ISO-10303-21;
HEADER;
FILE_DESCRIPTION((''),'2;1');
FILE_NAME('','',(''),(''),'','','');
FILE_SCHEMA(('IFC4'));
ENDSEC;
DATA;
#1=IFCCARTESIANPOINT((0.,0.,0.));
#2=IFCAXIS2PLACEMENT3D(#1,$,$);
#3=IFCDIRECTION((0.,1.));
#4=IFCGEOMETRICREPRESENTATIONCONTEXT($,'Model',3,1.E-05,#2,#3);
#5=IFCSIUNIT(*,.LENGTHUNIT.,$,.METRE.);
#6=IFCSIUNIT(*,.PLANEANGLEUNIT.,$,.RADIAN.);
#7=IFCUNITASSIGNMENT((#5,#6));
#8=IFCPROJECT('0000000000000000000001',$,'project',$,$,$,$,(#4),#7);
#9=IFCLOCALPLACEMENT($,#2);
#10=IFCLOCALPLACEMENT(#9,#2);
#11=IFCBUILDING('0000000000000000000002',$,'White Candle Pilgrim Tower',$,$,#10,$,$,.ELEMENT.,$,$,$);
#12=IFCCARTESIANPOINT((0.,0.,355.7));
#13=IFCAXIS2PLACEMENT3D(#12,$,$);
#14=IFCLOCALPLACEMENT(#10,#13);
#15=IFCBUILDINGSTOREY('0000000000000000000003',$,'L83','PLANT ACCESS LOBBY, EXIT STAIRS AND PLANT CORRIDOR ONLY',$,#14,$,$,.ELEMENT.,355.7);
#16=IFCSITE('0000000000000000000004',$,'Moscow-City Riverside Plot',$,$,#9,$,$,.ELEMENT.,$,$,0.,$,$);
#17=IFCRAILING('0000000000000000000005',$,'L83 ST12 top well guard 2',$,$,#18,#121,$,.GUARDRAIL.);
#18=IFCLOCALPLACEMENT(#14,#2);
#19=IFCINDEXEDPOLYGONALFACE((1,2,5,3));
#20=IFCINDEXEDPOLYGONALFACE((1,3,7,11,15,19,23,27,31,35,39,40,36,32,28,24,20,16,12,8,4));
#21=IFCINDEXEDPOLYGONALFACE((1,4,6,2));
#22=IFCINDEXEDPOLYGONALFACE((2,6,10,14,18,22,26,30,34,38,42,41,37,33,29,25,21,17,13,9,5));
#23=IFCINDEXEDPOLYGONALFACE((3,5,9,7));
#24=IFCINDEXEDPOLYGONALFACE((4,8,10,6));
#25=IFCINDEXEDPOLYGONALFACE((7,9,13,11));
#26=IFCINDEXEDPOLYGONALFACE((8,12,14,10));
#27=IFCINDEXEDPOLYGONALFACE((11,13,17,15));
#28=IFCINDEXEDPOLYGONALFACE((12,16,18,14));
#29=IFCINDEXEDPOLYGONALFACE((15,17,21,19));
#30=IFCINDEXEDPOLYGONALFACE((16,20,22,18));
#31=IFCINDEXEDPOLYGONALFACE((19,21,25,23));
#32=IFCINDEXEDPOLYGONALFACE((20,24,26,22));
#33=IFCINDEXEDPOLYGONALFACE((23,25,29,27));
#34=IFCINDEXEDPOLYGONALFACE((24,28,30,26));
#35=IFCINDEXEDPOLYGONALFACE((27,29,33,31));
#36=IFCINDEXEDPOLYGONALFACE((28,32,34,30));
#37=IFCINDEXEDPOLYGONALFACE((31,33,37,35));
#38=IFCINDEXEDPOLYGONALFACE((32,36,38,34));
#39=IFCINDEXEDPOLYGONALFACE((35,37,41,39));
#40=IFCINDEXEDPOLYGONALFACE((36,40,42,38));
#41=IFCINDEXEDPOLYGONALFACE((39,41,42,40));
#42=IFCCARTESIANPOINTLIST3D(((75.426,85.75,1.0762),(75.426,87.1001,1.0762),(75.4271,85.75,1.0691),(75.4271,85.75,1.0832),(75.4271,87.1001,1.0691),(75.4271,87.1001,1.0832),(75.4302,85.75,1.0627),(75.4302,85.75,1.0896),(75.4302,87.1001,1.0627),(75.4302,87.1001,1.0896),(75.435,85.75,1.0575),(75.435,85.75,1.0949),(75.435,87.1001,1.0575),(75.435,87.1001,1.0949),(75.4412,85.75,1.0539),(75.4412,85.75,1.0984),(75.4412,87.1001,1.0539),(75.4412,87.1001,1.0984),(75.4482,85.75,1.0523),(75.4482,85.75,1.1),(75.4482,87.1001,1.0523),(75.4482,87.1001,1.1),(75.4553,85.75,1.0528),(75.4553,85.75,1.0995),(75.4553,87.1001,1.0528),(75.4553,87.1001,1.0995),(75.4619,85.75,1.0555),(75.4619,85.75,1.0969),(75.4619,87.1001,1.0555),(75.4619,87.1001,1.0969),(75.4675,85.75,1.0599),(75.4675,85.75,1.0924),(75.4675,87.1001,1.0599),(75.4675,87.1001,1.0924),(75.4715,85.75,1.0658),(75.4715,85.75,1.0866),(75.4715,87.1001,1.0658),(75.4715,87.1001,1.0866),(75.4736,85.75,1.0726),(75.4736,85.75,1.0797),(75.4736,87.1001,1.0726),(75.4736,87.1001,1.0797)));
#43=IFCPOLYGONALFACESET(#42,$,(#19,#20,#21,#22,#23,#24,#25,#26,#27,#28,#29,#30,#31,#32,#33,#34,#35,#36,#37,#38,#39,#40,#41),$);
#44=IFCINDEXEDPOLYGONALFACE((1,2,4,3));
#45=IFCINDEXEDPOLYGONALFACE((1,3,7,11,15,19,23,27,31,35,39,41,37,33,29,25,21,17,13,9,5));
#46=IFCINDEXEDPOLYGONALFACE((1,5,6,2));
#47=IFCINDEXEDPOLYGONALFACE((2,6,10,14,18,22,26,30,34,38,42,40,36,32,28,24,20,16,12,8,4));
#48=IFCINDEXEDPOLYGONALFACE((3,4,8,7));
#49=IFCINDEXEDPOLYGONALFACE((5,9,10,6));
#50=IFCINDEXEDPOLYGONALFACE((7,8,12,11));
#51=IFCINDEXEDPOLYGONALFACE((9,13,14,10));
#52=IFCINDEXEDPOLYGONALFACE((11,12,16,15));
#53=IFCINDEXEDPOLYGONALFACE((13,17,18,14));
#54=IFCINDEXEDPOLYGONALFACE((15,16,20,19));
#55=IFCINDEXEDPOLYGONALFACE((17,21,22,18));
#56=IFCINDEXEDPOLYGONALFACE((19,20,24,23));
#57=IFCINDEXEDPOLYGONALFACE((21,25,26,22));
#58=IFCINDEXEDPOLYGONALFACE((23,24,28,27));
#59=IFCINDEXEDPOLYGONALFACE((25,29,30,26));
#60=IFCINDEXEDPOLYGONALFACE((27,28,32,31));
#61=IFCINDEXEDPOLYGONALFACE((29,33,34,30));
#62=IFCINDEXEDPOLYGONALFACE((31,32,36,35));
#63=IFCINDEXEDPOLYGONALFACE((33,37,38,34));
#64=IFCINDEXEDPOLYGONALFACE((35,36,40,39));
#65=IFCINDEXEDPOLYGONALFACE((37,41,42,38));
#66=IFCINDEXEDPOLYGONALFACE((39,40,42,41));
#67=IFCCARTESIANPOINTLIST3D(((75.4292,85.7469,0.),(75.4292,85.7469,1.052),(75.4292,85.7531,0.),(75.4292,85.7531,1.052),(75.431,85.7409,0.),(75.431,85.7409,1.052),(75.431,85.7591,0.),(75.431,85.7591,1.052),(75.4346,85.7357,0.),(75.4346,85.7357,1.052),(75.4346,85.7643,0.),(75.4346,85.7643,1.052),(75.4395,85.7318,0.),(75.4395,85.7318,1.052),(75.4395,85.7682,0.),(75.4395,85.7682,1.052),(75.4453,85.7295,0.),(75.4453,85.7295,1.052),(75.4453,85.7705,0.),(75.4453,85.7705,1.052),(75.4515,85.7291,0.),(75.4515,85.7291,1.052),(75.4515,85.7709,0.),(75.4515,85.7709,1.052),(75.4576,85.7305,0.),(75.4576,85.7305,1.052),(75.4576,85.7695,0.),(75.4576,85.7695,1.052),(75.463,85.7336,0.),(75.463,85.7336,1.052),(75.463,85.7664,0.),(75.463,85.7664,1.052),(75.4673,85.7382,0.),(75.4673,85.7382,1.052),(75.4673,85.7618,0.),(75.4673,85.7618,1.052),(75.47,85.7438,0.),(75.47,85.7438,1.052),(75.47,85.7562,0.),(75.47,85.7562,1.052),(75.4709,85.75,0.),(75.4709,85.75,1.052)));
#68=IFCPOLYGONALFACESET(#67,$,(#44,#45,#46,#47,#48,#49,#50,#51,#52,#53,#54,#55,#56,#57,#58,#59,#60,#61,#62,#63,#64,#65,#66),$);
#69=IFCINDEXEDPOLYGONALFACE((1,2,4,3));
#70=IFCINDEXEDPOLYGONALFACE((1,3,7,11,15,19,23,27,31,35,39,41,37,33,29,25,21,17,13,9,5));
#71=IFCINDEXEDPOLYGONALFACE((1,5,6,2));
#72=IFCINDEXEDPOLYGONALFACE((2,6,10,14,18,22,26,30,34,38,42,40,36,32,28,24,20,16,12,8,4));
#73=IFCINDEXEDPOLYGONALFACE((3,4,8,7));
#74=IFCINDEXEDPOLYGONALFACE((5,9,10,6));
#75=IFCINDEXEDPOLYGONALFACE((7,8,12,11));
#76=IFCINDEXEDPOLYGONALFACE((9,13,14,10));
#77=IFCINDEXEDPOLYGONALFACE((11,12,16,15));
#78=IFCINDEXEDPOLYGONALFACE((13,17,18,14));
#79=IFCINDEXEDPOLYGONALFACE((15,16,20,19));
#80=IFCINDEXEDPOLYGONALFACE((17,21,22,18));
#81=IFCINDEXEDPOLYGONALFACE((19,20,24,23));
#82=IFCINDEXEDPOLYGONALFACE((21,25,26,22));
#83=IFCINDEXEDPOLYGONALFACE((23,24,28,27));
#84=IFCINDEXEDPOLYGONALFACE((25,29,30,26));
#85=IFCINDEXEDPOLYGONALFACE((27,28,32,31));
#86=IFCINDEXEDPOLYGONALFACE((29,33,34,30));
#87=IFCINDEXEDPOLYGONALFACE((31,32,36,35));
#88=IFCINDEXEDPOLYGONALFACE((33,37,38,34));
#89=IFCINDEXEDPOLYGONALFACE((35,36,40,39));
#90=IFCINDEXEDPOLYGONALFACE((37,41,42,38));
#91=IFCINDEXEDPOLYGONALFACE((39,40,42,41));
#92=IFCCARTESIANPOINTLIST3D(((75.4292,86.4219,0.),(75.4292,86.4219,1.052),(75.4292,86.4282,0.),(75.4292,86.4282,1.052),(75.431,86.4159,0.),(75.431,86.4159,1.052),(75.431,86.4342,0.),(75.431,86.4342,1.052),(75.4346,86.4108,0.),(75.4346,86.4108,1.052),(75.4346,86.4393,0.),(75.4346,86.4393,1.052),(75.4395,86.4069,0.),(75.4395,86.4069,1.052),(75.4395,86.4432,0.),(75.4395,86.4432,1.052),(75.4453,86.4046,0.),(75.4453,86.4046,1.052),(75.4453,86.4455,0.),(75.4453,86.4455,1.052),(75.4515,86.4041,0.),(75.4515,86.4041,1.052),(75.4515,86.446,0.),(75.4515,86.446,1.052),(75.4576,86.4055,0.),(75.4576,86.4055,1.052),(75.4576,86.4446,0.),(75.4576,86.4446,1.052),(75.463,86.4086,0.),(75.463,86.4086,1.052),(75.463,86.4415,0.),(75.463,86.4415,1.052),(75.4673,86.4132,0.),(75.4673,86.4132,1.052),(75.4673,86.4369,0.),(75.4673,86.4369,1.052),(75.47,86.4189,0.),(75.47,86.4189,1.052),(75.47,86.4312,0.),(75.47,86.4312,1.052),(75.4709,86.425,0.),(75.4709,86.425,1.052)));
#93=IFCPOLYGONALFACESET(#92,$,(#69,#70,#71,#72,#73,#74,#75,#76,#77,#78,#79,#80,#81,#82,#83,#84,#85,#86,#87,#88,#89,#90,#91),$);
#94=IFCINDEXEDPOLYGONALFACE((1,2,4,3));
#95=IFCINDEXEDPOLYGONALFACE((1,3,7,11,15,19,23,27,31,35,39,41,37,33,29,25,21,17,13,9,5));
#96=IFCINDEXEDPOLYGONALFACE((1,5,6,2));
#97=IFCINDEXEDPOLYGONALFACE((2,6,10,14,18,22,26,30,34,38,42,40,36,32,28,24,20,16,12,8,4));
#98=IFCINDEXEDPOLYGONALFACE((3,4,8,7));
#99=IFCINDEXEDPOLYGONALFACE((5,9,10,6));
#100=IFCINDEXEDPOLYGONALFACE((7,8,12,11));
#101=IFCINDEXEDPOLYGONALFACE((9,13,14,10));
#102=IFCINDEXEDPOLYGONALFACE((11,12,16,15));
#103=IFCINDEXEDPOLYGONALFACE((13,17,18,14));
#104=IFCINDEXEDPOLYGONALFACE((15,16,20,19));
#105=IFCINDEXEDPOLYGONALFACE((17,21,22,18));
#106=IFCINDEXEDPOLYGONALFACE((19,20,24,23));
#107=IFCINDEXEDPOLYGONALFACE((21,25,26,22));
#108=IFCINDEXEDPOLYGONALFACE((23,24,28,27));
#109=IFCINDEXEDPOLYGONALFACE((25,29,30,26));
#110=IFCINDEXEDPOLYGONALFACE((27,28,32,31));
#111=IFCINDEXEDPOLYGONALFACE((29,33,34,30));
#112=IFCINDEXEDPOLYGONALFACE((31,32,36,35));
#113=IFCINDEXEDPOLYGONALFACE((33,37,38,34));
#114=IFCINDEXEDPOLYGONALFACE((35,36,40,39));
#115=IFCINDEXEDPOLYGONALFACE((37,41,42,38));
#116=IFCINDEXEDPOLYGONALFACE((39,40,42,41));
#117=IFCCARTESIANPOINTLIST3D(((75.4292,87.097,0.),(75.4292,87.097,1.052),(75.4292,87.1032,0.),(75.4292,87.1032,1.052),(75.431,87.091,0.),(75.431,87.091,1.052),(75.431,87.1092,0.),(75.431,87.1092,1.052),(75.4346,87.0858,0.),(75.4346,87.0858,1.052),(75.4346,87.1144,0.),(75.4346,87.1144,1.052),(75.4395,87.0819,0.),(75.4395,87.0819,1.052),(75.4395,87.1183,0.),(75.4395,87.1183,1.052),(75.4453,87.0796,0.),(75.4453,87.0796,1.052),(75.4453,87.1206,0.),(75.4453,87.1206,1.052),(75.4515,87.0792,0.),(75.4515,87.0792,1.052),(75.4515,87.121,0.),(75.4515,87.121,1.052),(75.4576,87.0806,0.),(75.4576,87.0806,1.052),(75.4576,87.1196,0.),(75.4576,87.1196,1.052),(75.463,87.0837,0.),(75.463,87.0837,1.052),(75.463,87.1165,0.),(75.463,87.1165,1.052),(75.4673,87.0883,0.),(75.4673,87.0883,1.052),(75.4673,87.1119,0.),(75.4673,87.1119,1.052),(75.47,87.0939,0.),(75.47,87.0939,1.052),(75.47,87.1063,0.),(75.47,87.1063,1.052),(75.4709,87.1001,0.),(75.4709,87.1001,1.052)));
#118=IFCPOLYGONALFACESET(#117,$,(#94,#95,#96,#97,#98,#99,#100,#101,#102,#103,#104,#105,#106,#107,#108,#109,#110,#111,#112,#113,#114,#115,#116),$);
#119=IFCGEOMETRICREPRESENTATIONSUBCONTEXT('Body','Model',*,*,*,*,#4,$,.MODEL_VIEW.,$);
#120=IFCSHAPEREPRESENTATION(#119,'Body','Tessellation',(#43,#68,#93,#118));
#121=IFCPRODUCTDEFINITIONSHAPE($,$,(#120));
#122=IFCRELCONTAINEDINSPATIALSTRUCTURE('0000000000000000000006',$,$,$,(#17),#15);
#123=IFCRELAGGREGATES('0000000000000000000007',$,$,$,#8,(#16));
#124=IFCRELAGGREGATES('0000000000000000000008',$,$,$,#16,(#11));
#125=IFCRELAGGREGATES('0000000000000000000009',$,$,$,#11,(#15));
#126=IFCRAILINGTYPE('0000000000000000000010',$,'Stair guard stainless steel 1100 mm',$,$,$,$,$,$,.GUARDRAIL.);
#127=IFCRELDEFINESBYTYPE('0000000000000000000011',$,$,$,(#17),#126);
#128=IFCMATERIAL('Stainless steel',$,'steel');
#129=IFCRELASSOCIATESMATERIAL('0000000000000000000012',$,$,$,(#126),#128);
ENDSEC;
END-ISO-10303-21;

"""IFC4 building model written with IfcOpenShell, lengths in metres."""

from ifc_helpers import new_model, si_unit, direction, frame, origin, origin_2d, place, context, subcontext, project, spatial, circle, extrude, material, type_object, element, save


model = new_model("IFC4")

# Units and contexts
model_context = context("Model", 3, precision=1e-05, world=origin(), true_north=direction((0.0, 1.0)))
body_context = subcontext(model_context, "Body", "Model", "MODEL_VIEW")
ifc_project = project(units=[si_unit("LENGTHUNIT", "METRE"), si_unit("PLANEANGLEUNIT", "RADIAN")], contexts=[model_context])

# Site, building, storey
site_placement = place(None, origin())
site = spatial("IfcSite", under=ifc_project, at=site_placement, Name="Moscow-City Riverside Plot", CompositionType="ELEMENT", RefElevation=0.0)
building_placement = place(site_placement, origin())
building = spatial("IfcBuilding", under=site, at=building_placement, Name="White Candle Pilgrim Tower", CompositionType="ELEMENT")
storey_placement = place(building_placement, frame((0.0, 0.0, 355.7)))
storey = spatial("IfcBuildingStorey", under=building, at=storey_placement, Name="L83", Description="PLANT ACCESS LOBBY, EXIT STAIRS AND PLANT CORRIDOR ONLY", CompositionType="ELEMENT", Elevation=355.7)

# Shared definitions
ifc_material_1 = material(Name="Stainless steel", Category="steel")

# Railing
railing_type = type_object("IfcRailingType", Name="Stair guard stainless steel 1100 mm", PredefinedType="GUARDRAIL", material=ifc_material_1)
railing_1_placement = place(storey_placement, frame((75.45, 85.75, 0.0)))
element("IfcRailing", 1, at=railing_1_placement, inside=storey, type_object=railing_type, Name="L83 ST12 top well guard 2", PredefinedType="GUARDRAIL", context=body_context, shape_type="SweptSolid", body=[
    extrude(circle(Radius=0.0239, at=origin_2d()), frame((0.0, 0.0, 1.0762), z_axis=(0.0, 1.0, 0.0), x_axis=(-1.0, 0.0, 0.0)), (0.0, 0.0, 1.0), 1.3501),
    extrude(circle(Radius=0.021, at=origin_2d()), origin(), (0.0, 0.0, 1.0), 1.052),
    extrude(circle(Radius=0.021, at=origin_2d()), frame((0.0, 0.675, 0.0)), (0.0, 0.0, 1.0), 1.052),
    extrude(circle(Radius=0.021, at=origin_2d()), frame((0.0, 1.3501, 0.0)), (0.0, 0.0, 1.0), 1.052),
])

save(model, "model.ifc")
